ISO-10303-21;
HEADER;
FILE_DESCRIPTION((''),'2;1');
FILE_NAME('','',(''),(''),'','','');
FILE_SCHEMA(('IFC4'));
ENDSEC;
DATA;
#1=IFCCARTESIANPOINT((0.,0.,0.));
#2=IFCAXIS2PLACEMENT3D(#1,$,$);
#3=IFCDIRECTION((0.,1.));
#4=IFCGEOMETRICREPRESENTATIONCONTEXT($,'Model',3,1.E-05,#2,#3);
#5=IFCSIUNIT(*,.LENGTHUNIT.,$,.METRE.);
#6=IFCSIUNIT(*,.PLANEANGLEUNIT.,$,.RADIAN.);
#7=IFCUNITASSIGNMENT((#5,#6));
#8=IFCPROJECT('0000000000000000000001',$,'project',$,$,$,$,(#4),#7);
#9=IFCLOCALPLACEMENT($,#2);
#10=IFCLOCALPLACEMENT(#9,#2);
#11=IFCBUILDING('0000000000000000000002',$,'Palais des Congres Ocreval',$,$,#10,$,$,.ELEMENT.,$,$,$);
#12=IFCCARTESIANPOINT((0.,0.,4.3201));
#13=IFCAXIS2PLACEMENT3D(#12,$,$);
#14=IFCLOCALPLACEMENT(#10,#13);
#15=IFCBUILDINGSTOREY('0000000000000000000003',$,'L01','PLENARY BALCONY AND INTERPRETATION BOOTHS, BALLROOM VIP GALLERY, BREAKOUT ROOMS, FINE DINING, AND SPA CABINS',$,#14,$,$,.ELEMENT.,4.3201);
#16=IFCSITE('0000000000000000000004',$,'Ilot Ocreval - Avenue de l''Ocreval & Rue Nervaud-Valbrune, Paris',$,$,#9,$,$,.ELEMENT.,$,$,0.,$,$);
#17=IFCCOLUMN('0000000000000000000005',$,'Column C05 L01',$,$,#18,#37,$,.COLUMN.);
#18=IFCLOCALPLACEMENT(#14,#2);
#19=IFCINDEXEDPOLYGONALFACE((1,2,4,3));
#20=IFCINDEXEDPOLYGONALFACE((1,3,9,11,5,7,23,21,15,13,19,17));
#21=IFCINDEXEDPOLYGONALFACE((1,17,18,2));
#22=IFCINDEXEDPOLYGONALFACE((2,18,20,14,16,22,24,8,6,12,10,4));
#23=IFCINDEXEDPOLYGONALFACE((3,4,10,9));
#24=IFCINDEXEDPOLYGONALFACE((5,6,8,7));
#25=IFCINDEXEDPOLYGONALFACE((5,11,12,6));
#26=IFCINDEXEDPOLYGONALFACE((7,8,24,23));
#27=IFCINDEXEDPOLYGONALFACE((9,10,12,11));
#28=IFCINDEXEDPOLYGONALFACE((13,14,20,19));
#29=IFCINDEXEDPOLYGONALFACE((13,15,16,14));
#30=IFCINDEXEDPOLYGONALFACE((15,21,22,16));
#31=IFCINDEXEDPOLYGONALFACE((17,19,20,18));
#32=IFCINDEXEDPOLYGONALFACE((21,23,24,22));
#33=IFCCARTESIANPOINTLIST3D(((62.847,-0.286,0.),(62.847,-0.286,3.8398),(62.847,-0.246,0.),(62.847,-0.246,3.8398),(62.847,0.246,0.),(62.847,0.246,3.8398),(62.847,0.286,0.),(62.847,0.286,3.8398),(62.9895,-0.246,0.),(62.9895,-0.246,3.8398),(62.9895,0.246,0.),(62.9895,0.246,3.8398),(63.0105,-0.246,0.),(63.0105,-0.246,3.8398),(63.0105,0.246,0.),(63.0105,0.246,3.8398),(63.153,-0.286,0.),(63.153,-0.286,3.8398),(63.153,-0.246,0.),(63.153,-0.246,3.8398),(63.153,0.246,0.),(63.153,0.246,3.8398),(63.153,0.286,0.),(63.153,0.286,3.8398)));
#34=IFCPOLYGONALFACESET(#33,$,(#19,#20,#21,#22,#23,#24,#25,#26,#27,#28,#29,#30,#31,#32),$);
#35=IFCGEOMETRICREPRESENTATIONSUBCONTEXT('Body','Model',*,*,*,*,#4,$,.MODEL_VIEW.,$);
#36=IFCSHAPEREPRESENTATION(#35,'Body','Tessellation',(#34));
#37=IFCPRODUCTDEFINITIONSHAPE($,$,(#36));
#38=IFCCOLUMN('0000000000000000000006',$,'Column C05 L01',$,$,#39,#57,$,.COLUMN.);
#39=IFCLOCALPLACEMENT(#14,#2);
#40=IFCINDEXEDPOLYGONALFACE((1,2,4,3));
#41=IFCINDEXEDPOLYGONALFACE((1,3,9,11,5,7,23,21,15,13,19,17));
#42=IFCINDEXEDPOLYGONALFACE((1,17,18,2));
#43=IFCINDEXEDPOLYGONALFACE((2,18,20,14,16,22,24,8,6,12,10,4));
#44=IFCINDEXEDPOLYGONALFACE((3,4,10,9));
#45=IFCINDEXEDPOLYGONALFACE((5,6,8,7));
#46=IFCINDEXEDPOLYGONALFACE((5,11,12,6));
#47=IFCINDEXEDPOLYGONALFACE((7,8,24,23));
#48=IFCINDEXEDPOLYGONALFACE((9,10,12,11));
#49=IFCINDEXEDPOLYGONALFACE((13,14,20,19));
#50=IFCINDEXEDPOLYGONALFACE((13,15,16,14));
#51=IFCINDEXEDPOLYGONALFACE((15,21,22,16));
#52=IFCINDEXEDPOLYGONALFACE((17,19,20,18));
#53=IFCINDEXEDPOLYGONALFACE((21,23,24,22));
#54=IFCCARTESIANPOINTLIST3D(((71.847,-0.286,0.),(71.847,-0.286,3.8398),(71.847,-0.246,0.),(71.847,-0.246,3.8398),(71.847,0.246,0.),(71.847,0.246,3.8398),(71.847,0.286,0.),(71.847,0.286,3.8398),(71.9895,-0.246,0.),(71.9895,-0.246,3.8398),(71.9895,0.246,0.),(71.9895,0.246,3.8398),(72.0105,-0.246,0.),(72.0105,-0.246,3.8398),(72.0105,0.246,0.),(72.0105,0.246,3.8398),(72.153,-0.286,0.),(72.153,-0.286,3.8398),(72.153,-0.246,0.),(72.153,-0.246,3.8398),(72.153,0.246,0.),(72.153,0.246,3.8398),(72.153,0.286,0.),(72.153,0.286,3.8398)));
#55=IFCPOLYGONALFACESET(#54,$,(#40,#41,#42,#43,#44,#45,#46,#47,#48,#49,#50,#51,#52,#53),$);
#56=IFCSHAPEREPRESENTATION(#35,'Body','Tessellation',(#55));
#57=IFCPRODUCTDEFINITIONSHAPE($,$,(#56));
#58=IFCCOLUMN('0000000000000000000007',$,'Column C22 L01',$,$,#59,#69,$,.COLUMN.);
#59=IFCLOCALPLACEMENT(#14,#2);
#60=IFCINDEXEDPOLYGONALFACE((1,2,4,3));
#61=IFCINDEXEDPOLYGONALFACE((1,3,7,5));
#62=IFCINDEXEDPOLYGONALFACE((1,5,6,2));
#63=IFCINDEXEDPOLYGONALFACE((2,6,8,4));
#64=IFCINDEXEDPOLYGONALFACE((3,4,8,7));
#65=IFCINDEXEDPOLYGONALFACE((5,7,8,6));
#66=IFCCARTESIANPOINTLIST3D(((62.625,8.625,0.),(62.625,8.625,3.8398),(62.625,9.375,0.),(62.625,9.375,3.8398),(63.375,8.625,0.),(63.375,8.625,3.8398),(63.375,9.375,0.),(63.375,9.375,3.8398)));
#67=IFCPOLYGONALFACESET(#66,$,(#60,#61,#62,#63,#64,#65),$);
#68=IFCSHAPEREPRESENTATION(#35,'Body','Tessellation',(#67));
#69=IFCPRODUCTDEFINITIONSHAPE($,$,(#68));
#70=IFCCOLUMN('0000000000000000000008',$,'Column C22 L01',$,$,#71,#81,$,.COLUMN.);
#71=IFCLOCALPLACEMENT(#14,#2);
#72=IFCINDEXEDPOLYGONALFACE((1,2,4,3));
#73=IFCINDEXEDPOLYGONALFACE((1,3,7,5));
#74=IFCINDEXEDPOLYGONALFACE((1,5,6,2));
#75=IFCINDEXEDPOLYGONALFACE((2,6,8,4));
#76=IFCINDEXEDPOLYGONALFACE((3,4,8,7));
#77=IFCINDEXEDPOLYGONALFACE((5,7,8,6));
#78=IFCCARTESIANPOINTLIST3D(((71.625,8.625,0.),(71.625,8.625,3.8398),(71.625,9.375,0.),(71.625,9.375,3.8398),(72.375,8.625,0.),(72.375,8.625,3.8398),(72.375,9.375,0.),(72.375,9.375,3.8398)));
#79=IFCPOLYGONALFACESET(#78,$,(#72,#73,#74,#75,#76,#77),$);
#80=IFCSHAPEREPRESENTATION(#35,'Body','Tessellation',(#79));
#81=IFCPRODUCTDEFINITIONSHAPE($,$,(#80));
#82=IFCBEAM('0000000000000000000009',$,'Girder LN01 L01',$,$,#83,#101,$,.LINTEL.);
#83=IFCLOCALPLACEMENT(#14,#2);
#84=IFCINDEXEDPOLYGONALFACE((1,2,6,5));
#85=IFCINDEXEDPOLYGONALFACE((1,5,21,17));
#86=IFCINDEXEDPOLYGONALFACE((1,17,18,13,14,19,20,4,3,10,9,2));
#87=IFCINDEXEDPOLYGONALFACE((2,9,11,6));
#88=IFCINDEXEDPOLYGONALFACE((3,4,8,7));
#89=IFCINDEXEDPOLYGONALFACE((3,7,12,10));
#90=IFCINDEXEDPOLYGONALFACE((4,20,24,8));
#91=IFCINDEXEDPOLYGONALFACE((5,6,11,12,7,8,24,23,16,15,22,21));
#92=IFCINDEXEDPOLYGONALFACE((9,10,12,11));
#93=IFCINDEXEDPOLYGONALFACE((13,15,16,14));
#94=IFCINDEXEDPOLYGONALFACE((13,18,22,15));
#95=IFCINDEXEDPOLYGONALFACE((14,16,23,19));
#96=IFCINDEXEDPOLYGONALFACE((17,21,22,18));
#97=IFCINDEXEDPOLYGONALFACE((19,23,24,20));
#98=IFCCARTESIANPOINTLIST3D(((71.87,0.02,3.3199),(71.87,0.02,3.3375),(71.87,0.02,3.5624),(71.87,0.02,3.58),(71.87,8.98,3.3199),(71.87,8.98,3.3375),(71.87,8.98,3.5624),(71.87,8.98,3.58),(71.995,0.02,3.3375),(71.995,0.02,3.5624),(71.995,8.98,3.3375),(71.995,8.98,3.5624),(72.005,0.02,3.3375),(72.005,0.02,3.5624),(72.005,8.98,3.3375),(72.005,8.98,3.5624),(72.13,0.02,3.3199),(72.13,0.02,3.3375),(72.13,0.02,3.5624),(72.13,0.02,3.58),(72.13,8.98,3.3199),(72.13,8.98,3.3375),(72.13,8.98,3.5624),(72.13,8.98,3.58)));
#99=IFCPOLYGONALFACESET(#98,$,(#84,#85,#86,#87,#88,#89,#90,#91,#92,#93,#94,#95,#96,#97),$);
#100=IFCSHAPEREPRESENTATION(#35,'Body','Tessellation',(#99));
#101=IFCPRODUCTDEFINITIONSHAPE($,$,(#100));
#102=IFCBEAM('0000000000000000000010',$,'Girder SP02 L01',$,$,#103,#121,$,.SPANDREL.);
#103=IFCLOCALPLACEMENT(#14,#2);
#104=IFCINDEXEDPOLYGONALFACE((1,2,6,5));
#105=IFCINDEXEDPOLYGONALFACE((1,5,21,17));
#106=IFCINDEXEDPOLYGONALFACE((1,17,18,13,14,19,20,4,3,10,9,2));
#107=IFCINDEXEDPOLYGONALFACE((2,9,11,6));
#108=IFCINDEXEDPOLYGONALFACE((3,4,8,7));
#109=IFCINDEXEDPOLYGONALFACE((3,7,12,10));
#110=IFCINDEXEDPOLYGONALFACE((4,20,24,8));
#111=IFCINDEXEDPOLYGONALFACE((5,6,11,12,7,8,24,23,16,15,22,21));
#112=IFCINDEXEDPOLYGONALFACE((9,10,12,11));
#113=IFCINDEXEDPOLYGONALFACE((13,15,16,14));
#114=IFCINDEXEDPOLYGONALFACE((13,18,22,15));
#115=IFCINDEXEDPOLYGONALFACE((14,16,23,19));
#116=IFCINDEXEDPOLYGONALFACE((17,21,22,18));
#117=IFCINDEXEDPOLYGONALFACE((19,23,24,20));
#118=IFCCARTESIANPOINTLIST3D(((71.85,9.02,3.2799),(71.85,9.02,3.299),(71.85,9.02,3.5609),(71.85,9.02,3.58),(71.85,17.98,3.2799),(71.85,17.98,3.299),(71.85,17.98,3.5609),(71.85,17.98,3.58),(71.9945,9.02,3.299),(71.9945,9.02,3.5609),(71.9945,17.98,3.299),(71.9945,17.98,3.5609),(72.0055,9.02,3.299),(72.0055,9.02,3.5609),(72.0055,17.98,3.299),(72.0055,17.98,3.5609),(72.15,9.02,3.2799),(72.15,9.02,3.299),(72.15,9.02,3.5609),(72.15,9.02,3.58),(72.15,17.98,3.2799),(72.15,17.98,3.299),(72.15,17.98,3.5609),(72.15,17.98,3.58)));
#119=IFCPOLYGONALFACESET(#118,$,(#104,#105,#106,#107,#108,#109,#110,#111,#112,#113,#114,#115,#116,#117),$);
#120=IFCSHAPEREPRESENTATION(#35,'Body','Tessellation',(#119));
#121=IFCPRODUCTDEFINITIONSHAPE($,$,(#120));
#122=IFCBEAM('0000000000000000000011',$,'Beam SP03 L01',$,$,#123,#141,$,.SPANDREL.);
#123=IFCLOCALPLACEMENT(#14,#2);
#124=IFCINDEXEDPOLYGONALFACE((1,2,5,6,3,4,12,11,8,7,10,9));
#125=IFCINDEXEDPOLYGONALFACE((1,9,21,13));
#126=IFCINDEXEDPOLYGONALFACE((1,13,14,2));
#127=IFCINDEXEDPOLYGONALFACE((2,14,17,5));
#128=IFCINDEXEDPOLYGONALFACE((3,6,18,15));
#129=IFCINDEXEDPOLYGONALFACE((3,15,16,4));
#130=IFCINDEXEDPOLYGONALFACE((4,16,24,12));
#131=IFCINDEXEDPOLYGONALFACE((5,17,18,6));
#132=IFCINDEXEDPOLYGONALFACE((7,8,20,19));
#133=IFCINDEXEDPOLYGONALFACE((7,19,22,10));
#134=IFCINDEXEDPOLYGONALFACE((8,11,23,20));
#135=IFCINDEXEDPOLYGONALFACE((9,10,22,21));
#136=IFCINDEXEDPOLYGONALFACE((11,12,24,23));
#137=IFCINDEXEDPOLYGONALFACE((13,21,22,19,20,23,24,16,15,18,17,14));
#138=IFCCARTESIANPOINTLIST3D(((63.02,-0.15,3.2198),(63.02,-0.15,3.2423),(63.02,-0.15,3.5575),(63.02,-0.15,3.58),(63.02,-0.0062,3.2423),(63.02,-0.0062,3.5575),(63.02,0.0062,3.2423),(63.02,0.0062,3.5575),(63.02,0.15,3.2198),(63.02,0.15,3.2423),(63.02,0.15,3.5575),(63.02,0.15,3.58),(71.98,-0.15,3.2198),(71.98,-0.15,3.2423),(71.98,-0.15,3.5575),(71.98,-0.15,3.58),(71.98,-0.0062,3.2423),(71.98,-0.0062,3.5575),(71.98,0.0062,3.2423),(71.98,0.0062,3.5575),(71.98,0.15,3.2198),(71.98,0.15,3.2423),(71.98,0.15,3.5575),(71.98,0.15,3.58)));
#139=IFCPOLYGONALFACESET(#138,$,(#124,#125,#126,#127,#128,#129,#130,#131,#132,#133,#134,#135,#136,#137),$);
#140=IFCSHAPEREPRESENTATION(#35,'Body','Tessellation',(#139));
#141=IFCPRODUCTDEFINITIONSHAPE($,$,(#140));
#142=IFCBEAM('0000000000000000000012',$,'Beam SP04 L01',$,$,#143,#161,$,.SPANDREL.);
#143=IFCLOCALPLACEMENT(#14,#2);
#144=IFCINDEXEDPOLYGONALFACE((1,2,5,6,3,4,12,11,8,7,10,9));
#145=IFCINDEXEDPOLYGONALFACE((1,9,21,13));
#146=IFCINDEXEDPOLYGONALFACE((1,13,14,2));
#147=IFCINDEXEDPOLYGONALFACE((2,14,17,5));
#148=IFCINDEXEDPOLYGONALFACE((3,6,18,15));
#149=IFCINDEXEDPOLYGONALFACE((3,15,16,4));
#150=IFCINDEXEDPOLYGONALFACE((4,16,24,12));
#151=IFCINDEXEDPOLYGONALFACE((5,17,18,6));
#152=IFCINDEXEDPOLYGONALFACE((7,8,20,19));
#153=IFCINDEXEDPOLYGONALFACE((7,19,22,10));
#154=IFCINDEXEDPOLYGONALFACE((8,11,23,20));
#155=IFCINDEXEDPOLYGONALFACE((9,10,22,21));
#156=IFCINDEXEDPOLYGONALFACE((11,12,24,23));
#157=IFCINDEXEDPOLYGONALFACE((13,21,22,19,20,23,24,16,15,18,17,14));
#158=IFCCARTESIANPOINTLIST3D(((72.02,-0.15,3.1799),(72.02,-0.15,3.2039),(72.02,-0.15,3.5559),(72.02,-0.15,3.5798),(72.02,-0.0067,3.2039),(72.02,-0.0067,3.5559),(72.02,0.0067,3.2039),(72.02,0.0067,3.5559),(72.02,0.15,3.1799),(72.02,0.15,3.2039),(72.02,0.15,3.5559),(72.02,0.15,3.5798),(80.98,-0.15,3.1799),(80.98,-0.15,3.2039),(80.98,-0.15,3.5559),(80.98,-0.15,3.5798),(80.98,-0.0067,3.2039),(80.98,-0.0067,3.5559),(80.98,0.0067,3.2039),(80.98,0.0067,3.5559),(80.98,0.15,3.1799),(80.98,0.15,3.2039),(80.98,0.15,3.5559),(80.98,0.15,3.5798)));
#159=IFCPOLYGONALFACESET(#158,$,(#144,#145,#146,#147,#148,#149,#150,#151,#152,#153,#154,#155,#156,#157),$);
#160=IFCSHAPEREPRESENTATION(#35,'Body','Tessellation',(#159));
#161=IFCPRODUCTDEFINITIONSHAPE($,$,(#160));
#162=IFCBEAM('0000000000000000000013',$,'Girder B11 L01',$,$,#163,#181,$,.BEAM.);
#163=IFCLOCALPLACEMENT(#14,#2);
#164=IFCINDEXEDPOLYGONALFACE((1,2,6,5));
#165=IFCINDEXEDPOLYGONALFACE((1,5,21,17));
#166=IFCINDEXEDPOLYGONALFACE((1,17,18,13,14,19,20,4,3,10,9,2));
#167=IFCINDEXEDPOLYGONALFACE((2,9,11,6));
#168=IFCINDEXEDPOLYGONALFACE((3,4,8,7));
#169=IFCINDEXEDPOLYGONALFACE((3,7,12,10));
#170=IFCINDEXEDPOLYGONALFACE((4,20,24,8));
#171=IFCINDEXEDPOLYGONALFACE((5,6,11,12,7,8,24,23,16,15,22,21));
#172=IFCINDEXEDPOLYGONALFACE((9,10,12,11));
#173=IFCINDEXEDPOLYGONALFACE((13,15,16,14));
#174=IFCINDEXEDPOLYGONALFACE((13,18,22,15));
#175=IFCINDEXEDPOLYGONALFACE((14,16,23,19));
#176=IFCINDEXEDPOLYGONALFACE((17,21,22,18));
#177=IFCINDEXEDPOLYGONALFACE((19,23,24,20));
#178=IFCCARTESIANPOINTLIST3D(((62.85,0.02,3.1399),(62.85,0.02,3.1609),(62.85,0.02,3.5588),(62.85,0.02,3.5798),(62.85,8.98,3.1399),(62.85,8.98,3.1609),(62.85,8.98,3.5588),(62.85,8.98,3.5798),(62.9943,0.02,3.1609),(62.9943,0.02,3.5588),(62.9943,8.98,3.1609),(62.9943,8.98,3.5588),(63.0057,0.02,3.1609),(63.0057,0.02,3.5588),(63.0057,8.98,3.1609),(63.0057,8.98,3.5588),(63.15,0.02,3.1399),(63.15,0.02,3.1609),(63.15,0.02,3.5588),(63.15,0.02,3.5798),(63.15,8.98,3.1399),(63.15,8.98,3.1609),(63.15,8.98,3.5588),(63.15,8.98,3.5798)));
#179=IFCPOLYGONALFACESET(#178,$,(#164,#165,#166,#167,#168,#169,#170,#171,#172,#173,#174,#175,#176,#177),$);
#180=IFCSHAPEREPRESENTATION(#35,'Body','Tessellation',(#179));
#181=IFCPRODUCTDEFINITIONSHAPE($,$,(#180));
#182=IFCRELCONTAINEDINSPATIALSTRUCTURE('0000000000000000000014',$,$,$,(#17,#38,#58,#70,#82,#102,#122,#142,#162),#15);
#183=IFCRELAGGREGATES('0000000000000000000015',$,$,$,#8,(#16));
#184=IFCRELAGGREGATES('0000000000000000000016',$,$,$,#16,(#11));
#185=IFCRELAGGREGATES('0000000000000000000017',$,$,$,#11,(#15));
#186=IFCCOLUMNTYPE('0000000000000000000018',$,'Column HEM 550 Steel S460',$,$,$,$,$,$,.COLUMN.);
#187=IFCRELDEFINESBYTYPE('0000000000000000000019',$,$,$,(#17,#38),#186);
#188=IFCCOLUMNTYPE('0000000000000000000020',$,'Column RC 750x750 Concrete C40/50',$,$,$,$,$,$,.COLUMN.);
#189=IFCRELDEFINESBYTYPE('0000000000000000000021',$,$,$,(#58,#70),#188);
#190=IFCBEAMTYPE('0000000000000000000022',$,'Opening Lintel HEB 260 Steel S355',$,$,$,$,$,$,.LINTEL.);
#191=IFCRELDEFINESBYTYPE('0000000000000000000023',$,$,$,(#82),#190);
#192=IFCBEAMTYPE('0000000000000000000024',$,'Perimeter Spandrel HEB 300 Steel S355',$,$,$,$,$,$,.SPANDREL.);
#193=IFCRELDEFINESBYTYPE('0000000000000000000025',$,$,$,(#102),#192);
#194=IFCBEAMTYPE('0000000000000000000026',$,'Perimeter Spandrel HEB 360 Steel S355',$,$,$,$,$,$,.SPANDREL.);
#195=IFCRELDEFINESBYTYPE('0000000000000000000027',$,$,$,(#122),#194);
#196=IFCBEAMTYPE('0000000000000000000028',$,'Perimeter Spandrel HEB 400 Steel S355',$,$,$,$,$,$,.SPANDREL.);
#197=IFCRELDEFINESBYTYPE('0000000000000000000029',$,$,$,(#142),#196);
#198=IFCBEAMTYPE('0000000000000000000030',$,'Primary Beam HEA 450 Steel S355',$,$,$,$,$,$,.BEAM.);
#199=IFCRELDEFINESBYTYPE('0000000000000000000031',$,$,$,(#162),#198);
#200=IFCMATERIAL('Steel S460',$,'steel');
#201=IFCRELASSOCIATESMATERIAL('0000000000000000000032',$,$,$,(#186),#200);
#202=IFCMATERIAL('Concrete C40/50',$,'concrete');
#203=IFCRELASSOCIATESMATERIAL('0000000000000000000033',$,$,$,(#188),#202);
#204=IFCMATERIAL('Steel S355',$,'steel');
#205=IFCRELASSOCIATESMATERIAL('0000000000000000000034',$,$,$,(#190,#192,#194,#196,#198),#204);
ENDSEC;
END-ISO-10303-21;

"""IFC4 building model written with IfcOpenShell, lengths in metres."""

from ifc_helpers import new_model, si_unit, direction, frame, origin, origin_2d, place, context, subcontext, project, spatial, rectangle, i_section, extrude, material, material_profile, profile_set, type_object, element, save


model = new_model("IFC4")

# Units and contexts
model_context = context("Model", 3, precision=1e-05, world=origin(), true_north=direction((0.0, 1.0)))
body_context = subcontext(model_context, "Body", "Model", "MODEL_VIEW")
ifc_project = project(units=[si_unit("LENGTHUNIT", "METRE"), si_unit("PLANEANGLEUNIT", "RADIAN")], contexts=[model_context])

# Site, building, storey
site_placement = place(None, origin())
site = spatial("IfcSite", under=ifc_project, at=site_placement, Name="Ilot Ocreval - Avenue de l'Ocreval & Rue Nervaud-Valbrune, Paris", CompositionType="ELEMENT", RefElevation=0.0)
building_placement = place(site_placement, origin())
building = spatial("IfcBuilding", under=site, at=building_placement, Name="Palais des Congres Ocreval", CompositionType="ELEMENT")
storey_placement = place(building_placement, frame((0.0, 0.0, 4.3201)))
storey = spatial("IfcBuildingStorey", under=building, at=storey_placement, Name="L01", Description="PLENARY BALCONY AND INTERPRETATION BOOTHS, BALLROOM VIP GALLERY, BREAKOUT ROOMS, FINE DINING, AND SPA CABINS", CompositionType="ELEMENT", Elevation=4.3201)

# Columns
ifc_material_1 = material(Name="Steel S460", Category="steel")
ifc_material_profile_1 = material_profile(ifc_material_1, i_section(OverallWidth=0.3059, OverallDepth=0.572, WebThickness=0.021, FlangeThickness=0.04, at=origin_2d()), Name="HEM 550")
ifc_profile_set_1 = profile_set([ifc_material_profile_1], Name="Steel S460")
column_type_1 = type_object("IfcColumnType", Name="Column HEM 550 Steel S460", PredefinedType="COLUMN", material=ifc_profile_set_1)
for number, where, z_axis, x_axis, name in (
    (1, (63.0, 0.0, 0.0), (0.0, 0.0, 1.0), (1.0, 0.0, 0.0), "Column C05 L01"),
    (2, (72.0, 0.0, 0.0), (0.0, 0.0, 1.0), (1.0, 0.0, 0.0), "Column C05 L01"),
):
    element("IfcColumn", number, at=place(storey_placement, frame(where, z_axis=z_axis, x_axis=x_axis)), inside=storey, type_object=column_type_1, Name=name, PredefinedType="COLUMN", context=body_context, shape_type="SweptSolid", body=[
        extrude(i_section(OverallWidth=0.3059, OverallDepth=0.572, WebThickness=0.021, FlangeThickness=0.04, at=origin_2d()), origin(), (0.0, 0.0, 1.0), 3.8398),
    ])
ifc_material_2 = material(Name="Concrete C40/50", Category="concrete")
ifc_material_profile_2 = material_profile(ifc_material_2, rectangle(XDim=0.75, YDim=0.75, at=origin_2d()), Name="RC 750x750")
ifc_profile_set_2 = profile_set([ifc_material_profile_2], Name="Concrete C40/50")
column_type_2 = type_object("IfcColumnType", Name="Column RC 750x750 Concrete C40/50", PredefinedType="COLUMN", material=ifc_profile_set_2)
for number, where, z_axis, x_axis, name in (
    (3, (63.0, 9.0, 0.0), (0.0, 0.0, 1.0), (1.0, 0.0, 0.0), "Column C22 L01"),
    (4, (72.0, 9.0, 0.0), (0.0, 0.0, 1.0), (1.0, 0.0, 0.0), "Column C22 L01"),
):
    element("IfcColumn", number, at=place(storey_placement, frame(where, z_axis=z_axis, x_axis=x_axis)), inside=storey, type_object=column_type_2, Name=name, PredefinedType="COLUMN", context=body_context, shape_type="SweptSolid", body=[
        extrude(rectangle(XDim=0.75, YDim=0.75, at=origin_2d()), origin(), (0.0, 0.0, 1.0), 3.8398),
    ])

# Beams
ifc_material_3 = material(Name="Steel S355", Category="steel")
ifc_material_profile_3 = material_profile(ifc_material_3, i_section(OverallWidth=0.26, OverallDepth=0.26, WebThickness=0.01, FlangeThickness=0.0176, at=origin_2d()), Name="HEB 260")
ifc_profile_set_3 = profile_set([ifc_material_profile_3], Name="Steel S355")
beam_type_1 = type_object("IfcBeamType", Name="Opening Lintel HEB 260 Steel S355", PredefinedType="LINTEL", material=ifc_profile_set_3)
beam_1_placement = place(storey_placement, frame((72.0, 0.02, 3.45), z_axis=(0.0, 1.0, 0.0), x_axis=(-1.0, 0.0, 0.0)))
element("IfcBeam", 5, at=beam_1_placement, inside=storey, type_object=beam_type_1, Name="Girder LN01 L01", PredefinedType="LINTEL", context=body_context, shape_type="SweptSolid", body=[
    extrude(i_section(OverallWidth=0.26, OverallDepth=0.26, WebThickness=0.01, FlangeThickness=0.0176, at=origin_2d()), origin(), (0.0, 0.0, 1.0), 8.96),
])
ifc_material_profile_4 = material_profile(ifc_material_3, i_section(OverallWidth=0.3, OverallDepth=0.3, WebThickness=0.011, FlangeThickness=0.019, at=origin_2d()), Name="HEB 300")
ifc_profile_set_4 = profile_set([ifc_material_profile_4], Name="Steel S355")
beam_type_2 = type_object("IfcBeamType", Name="Perimeter Spandrel HEB 300 Steel S355", PredefinedType="SPANDREL", material=ifc_profile_set_4)
beam_2_placement = place(storey_placement, frame((72.0, 9.02, 3.4299), z_axis=(0.0, 1.0, 0.0), x_axis=(-1.0, 0.0, 0.0)))
element("IfcBeam", 6, at=beam_2_placement, inside=storey, type_object=beam_type_2, Name="Girder SP02 L01", PredefinedType="SPANDREL", context=body_context, shape_type="SweptSolid", body=[
    extrude(i_section(OverallWidth=0.3, OverallDepth=0.3, WebThickness=0.011, FlangeThickness=0.019, at=origin_2d()), origin(), (0.0, 0.0, 1.0), 8.96),
])
ifc_material_profile_5 = material_profile(ifc_material_3, i_section(OverallWidth=0.3, OverallDepth=0.3601, WebThickness=0.0125, FlangeThickness=0.0225, at=origin_2d()), Name="HEB 360")
ifc_profile_set_5 = profile_set([ifc_material_profile_5], Name="Steel S355")
beam_type_3 = type_object("IfcBeamType", Name="Perimeter Spandrel HEB 360 Steel S355", PredefinedType="SPANDREL", material=ifc_profile_set_5)
beam_3_placement = place(storey_placement, frame((63.02, 0.0, 3.3999), z_axis=(1.0, 0.0, 0.0), x_axis=(0.0, 1.0, 0.0)))
element("IfcBeam", 7, at=beam_3_placement, inside=storey, type_object=beam_type_3, Name="Beam SP03 L01", PredefinedType="SPANDREL", context=body_context, shape_type="SweptSolid", body=[
    extrude(i_section(OverallWidth=0.3, OverallDepth=0.3601, WebThickness=0.0125, FlangeThickness=0.0225, at=origin_2d()), origin(), (0.0, 0.0, 1.0), 8.96),
])
ifc_material_profile_6 = material_profile(ifc_material_3, i_section(OverallWidth=0.3, OverallDepth=0.3999, WebThickness=0.0134, FlangeThickness=0.0239, at=origin_2d()), Name="HEB 400")
ifc_profile_set_6 = profile_set([ifc_material_profile_6], Name="Steel S355")
beam_type_4 = type_object("IfcBeamType", Name="Perimeter Spandrel HEB 400 Steel S355", PredefinedType="SPANDREL", material=ifc_profile_set_6)
beam_4_placement = place(storey_placement, frame((72.02, 0.0, 3.3799), z_axis=(1.0, 0.0, 0.0), x_axis=(0.0, 1.0, 0.0)))
element("IfcBeam", 8, at=beam_4_placement, inside=storey, type_object=beam_type_4, Name="Beam SP04 L01", PredefinedType="SPANDREL", context=body_context, shape_type="SweptSolid", body=[
    extrude(i_section(OverallWidth=0.3, OverallDepth=0.3999, WebThickness=0.0134, FlangeThickness=0.0239, at=origin_2d()), origin(), (0.0, 0.0, 1.0), 8.96),
])
ifc_material_profile_7 = material_profile(ifc_material_3, i_section(OverallWidth=0.3, OverallDepth=0.4399, WebThickness=0.0115, FlangeThickness=0.021, at=origin_2d()), Name="HEA 450")
ifc_profile_set_7 = profile_set([ifc_material_profile_7], Name="Steel S355")
beam_type_5 = type_object("IfcBeamType", Name="Primary Beam HEA 450 Steel S355", PredefinedType="BEAM", material=ifc_profile_set_7)
beam_5_placement = place(storey_placement, frame((63.0, 0.02, 3.3599), z_axis=(0.0, 1.0, 0.0), x_axis=(-1.0, 0.0, 0.0)))
element("IfcBeam", 9, at=beam_5_placement, inside=storey, type_object=beam_type_5, Name="Girder B11 L01", PredefinedType="BEAM", context=body_context, shape_type="SweptSolid", body=[
    extrude(i_section(OverallWidth=0.3, OverallDepth=0.4399, WebThickness=0.0115, FlangeThickness=0.021, at=origin_2d()), origin(), (0.0, 0.0, 1.0), 8.96),
])

save(model, "model.ifc")
